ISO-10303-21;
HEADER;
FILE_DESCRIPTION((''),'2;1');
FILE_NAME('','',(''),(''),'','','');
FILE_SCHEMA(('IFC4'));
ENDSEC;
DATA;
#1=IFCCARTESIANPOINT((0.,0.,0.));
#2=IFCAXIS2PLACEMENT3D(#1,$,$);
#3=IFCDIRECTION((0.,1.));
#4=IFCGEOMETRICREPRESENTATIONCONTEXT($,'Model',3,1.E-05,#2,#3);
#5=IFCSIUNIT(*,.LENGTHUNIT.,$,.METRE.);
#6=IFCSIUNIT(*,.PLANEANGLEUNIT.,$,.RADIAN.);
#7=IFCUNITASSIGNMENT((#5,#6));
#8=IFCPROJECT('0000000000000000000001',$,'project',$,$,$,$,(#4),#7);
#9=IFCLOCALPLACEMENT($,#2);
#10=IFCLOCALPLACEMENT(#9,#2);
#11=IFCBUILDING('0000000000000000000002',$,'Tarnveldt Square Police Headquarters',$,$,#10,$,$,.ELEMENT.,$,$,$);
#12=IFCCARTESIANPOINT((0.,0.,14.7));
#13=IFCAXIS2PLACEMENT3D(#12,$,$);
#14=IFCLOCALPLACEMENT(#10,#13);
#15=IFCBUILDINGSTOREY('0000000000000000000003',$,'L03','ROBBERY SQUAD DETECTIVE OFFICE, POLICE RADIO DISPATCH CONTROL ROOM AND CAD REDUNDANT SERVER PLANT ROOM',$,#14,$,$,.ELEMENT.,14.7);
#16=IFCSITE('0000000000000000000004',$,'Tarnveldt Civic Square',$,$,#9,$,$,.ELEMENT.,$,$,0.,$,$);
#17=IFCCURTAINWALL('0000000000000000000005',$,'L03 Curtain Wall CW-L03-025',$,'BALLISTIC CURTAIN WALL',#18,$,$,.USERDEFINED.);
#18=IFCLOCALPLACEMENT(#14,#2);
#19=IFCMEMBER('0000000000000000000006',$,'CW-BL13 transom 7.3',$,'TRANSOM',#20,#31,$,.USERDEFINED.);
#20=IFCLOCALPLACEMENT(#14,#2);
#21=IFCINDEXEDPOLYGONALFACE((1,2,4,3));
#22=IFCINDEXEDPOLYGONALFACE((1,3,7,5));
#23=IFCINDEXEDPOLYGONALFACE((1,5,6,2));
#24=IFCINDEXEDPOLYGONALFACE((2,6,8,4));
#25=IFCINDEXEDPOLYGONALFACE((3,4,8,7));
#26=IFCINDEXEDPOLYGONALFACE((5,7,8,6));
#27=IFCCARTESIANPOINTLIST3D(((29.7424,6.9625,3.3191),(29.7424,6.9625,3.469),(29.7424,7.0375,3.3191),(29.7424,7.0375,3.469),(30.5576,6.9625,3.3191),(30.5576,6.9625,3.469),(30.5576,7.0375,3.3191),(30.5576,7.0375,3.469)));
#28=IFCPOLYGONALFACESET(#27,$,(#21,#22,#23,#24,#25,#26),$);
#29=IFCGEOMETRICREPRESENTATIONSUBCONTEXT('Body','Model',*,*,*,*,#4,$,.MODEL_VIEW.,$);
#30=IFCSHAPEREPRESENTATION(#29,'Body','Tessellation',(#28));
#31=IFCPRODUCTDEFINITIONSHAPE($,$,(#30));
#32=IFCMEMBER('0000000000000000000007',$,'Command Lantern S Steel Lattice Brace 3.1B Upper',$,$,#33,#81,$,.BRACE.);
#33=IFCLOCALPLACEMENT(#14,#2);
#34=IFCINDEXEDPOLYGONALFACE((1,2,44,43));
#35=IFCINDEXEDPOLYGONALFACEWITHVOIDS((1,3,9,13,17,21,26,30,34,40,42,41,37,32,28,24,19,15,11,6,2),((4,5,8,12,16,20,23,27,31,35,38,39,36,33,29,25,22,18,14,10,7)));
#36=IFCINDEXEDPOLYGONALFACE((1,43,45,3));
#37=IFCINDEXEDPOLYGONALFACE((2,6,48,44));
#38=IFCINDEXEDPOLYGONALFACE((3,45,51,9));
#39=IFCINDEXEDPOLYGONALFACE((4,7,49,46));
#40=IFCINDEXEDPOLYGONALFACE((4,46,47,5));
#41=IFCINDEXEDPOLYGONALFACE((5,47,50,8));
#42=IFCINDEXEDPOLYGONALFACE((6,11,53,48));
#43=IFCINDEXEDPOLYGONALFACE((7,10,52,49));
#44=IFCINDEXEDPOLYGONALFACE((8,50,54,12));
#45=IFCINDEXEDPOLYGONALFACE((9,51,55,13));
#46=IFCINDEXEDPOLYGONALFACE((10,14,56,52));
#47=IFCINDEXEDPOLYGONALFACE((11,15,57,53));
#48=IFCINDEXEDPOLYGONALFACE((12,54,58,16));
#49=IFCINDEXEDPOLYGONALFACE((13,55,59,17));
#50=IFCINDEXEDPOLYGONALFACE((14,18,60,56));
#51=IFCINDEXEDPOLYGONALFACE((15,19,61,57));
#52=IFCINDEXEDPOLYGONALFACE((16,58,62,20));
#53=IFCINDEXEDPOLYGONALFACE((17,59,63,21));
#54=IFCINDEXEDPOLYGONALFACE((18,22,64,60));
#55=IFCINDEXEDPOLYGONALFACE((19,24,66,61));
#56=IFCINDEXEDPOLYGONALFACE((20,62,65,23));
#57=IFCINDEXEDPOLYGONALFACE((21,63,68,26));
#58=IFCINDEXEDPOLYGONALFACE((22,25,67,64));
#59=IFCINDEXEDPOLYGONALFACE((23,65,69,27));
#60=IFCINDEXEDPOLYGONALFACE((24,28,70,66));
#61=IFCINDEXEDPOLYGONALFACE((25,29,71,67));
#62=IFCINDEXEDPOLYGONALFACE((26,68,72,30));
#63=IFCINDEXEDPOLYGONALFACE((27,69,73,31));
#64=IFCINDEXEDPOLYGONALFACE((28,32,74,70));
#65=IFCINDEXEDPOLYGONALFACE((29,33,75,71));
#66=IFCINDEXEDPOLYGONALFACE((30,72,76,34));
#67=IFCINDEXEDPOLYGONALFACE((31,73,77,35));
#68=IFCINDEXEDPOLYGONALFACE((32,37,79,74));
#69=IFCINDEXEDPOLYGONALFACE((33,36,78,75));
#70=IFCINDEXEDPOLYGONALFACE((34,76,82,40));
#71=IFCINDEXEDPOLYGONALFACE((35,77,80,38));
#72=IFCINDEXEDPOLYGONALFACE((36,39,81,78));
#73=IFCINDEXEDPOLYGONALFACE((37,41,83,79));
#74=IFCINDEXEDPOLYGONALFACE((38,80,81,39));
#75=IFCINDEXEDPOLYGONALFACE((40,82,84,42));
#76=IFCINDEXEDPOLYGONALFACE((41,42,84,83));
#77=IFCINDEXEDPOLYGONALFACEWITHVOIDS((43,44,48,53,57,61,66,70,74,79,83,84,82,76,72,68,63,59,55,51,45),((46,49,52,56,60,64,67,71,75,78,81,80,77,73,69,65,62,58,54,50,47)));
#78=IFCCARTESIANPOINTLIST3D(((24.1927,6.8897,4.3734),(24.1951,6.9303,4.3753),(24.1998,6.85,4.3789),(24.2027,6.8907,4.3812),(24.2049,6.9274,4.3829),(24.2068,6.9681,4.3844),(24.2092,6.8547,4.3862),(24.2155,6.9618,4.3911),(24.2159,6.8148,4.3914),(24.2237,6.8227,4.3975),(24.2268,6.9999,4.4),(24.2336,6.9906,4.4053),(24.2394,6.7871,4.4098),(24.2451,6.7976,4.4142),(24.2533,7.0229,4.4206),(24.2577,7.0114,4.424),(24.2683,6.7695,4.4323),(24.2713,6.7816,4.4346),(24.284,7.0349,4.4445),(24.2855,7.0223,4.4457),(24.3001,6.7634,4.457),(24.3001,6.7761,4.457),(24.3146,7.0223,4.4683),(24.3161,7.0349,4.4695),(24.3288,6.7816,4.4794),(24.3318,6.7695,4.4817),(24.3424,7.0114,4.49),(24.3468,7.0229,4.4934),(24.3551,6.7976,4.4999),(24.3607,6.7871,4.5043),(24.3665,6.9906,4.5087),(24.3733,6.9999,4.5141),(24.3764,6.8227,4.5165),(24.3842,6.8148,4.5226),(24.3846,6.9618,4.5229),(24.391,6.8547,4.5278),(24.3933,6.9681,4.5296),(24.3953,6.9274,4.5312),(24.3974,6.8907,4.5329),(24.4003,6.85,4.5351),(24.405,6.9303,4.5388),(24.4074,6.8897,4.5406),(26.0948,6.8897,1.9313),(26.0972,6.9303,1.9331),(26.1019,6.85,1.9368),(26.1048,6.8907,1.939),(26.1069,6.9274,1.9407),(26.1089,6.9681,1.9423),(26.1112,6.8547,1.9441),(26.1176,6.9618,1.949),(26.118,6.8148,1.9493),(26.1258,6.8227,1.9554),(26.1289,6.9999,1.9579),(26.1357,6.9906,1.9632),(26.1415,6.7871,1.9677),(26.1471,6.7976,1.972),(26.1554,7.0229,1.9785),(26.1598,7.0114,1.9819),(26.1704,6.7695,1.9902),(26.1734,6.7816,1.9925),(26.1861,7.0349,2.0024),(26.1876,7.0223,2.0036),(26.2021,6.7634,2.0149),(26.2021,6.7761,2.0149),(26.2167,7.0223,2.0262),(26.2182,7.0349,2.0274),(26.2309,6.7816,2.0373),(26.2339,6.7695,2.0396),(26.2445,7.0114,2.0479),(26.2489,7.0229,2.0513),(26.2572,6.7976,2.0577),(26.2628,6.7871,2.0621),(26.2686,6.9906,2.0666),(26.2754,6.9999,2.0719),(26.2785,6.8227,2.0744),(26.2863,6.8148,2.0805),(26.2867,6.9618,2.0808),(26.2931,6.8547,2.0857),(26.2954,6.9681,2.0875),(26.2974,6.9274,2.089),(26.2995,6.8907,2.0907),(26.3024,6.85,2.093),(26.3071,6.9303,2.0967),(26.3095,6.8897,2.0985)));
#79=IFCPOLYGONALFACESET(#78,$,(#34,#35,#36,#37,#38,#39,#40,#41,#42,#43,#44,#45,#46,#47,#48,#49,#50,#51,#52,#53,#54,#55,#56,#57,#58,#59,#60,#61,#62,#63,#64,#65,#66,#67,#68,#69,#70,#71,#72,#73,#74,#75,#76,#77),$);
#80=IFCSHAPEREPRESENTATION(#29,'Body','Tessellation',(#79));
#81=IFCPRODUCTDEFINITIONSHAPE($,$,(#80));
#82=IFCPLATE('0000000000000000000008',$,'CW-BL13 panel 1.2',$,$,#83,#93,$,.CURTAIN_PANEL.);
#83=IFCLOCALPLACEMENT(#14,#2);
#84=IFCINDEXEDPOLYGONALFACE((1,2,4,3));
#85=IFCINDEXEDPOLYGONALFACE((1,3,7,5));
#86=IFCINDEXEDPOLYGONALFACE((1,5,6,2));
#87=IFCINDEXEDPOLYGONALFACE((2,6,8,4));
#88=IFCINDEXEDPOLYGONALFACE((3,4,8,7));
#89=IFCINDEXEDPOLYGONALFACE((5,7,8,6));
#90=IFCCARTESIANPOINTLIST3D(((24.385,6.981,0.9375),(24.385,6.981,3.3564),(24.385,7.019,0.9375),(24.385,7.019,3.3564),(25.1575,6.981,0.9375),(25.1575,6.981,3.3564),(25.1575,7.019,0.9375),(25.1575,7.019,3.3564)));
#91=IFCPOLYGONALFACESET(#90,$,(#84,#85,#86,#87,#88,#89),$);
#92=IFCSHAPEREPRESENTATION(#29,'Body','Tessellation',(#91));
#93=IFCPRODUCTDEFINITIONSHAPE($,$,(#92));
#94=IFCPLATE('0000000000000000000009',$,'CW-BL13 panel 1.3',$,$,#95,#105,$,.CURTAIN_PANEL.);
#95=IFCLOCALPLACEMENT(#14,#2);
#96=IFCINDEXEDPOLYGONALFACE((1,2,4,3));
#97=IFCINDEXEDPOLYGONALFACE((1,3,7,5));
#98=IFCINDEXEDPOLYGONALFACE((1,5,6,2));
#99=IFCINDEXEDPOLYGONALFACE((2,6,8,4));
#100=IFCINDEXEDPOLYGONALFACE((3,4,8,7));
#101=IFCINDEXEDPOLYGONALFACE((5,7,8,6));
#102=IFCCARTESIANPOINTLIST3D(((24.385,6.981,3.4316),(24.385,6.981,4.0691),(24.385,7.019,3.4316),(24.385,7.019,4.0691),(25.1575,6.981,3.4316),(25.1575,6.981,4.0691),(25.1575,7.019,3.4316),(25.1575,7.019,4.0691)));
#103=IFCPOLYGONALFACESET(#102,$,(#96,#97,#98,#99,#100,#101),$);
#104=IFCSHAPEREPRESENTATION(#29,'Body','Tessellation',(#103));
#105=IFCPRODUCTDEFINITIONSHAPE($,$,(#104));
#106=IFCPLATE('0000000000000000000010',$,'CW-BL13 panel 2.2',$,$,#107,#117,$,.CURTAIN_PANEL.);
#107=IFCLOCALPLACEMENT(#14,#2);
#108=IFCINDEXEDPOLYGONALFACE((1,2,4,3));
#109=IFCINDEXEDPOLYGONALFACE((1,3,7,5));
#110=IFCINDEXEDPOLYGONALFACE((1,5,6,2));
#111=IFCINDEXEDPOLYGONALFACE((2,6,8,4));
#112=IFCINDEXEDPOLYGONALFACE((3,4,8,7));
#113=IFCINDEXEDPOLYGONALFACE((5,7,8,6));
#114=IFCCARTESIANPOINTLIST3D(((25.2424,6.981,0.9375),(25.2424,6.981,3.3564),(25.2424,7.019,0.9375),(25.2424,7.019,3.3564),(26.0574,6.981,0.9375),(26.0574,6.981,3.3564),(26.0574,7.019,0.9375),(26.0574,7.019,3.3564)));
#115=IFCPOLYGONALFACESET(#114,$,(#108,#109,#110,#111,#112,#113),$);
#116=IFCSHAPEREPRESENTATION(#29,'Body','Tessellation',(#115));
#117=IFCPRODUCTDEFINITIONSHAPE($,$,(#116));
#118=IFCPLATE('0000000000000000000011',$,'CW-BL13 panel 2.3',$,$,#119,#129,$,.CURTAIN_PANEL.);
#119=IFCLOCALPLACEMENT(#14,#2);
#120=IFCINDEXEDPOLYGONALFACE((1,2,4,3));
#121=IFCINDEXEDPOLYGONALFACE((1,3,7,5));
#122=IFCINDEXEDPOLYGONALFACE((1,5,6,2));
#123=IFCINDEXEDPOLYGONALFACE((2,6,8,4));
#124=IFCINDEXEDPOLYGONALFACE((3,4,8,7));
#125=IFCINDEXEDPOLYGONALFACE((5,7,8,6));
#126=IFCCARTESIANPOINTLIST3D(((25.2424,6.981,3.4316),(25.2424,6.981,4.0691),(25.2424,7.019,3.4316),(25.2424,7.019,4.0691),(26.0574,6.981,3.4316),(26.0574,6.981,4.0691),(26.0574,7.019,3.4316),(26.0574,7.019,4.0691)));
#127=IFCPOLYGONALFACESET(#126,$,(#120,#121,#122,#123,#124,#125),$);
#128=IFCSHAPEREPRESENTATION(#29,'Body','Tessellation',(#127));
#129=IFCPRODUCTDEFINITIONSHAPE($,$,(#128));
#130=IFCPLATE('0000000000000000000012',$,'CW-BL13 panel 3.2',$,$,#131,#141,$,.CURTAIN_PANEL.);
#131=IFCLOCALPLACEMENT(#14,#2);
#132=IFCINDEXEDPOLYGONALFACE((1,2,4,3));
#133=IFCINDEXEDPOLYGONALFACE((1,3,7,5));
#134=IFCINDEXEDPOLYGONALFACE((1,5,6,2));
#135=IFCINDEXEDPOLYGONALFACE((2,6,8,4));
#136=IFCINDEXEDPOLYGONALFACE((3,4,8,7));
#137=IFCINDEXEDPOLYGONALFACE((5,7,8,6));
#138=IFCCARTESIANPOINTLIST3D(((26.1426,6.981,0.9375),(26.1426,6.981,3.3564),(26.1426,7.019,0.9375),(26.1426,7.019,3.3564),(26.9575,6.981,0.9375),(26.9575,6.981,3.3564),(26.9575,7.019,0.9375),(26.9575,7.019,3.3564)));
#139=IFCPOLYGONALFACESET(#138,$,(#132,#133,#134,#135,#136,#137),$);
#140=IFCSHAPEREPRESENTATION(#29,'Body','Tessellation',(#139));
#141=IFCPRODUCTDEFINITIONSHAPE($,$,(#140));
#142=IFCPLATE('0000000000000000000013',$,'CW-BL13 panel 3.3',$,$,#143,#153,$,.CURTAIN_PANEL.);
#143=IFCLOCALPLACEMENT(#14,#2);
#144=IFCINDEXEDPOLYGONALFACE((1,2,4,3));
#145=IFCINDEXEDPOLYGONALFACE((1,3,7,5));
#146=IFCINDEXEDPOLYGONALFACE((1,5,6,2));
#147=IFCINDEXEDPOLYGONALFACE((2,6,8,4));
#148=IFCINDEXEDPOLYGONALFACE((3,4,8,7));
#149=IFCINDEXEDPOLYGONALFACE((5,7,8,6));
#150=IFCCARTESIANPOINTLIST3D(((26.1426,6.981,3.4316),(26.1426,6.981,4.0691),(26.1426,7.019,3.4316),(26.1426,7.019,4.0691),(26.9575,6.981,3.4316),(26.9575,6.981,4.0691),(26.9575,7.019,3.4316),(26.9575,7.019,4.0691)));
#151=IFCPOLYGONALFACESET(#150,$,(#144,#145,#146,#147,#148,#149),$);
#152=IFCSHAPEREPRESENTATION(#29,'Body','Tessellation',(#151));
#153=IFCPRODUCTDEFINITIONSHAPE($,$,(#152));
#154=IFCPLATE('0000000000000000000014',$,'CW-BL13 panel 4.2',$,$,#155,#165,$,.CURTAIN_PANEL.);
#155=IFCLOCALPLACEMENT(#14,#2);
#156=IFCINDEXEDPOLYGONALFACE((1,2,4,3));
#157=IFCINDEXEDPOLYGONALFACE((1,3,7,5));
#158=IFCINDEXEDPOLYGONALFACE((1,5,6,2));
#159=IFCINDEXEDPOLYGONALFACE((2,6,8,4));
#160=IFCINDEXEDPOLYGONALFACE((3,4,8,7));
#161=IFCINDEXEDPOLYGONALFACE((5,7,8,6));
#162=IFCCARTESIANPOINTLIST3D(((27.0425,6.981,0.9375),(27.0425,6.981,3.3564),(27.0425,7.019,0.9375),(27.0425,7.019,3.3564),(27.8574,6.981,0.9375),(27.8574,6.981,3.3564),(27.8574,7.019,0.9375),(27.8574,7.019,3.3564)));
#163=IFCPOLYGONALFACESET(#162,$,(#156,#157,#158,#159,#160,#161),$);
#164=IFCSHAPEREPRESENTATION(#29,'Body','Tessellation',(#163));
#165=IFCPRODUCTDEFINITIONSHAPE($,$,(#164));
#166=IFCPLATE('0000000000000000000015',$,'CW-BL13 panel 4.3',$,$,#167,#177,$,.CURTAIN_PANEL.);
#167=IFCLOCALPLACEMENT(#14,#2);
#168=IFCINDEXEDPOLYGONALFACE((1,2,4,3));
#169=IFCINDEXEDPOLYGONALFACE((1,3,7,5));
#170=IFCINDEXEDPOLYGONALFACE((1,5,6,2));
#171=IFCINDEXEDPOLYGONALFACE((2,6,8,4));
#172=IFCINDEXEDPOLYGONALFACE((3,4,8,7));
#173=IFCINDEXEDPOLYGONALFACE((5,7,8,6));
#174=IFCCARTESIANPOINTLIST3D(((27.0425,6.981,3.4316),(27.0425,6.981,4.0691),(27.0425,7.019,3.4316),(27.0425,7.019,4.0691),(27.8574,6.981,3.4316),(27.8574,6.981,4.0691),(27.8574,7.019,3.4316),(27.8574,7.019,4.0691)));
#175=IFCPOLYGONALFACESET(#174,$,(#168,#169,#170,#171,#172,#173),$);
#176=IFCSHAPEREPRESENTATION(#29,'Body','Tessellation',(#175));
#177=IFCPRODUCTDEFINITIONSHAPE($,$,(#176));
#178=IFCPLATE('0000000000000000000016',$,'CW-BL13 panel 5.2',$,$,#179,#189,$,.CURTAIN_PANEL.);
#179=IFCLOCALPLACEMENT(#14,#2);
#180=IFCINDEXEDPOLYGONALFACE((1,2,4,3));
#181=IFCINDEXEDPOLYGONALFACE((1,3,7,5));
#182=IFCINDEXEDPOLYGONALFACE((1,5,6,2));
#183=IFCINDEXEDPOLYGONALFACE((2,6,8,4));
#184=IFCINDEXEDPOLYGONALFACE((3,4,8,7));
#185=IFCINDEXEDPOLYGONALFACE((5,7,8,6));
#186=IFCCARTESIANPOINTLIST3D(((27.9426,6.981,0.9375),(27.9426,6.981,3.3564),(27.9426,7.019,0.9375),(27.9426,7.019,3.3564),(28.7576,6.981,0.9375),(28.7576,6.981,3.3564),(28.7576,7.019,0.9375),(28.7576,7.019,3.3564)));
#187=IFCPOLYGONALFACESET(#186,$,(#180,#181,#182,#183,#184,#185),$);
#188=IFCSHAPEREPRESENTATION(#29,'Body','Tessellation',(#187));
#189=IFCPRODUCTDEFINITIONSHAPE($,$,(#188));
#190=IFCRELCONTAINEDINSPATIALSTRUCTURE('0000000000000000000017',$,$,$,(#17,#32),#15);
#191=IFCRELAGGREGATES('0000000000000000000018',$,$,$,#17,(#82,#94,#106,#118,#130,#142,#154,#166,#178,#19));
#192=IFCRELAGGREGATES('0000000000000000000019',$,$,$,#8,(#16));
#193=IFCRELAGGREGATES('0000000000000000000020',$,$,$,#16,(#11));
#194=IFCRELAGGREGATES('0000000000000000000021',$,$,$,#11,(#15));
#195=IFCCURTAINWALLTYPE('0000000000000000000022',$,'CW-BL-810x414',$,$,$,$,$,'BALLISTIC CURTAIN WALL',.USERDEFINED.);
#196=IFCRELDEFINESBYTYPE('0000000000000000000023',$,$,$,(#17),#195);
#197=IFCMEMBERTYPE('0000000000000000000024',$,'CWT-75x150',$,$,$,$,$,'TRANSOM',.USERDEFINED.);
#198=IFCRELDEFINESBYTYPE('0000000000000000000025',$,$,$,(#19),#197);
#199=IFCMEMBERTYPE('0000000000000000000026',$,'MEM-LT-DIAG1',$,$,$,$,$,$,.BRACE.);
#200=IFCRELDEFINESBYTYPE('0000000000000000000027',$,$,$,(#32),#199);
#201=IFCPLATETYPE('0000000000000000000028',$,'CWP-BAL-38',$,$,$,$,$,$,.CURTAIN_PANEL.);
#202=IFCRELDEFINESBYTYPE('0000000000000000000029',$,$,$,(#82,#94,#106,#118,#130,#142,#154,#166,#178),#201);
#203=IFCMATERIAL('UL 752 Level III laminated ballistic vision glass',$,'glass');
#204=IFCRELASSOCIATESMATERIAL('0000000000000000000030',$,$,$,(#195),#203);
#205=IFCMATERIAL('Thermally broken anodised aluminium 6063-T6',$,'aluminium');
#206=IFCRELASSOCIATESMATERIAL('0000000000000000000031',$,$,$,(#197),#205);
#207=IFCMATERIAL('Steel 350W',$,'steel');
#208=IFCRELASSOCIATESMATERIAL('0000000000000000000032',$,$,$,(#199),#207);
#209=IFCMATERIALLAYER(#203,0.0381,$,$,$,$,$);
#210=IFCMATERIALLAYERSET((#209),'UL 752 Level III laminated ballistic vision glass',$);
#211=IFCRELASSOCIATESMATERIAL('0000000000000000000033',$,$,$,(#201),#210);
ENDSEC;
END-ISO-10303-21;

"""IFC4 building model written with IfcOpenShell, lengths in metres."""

from ifc_helpers import new_model, si_unit, direction, frame, origin, origin_2d, place, context, subcontext, project, spatial, rectangle, hollow_circle, extrude, material, layer, layer_set, material_profile, profile_set, type_object, element, aggregate, save


model = new_model("IFC4")

# Units and contexts
model_context = context("Model", 3, precision=1e-05, world=origin(), true_north=direction((0.0, 1.0)))
body_context = subcontext(model_context, "Body", "Model", "MODEL_VIEW")
ifc_project = project(units=[si_unit("LENGTHUNIT", "METRE"), si_unit("PLANEANGLEUNIT", "RADIAN")], contexts=[model_context])

# Site, building, storey
site_placement = place(None, origin())
site = spatial("IfcSite", under=ifc_project, at=site_placement, Name="Tarnveldt Civic Square", CompositionType="ELEMENT", RefElevation=0.0)
building_placement = place(site_placement, origin())
building = spatial("IfcBuilding", under=site, at=building_placement, Name="Tarnveldt Square Police Headquarters", CompositionType="ELEMENT")
storey_placement = place(building_placement, frame((0.0, 0.0, 14.7)))
storey = spatial("IfcBuildingStorey", under=building, at=storey_placement, Name="L03", Description="ROBBERY SQUAD DETECTIVE OFFICE, POLICE RADIO DISPATCH CONTROL ROOM AND CAD REDUNDANT SERVER PLANT ROOM", CompositionType="ELEMENT", Elevation=14.7)

# Curtain wall, member
ifc_material_1 = material(Name="UL 752 Level III laminated ballistic vision glass", Category="glass")
curtain_wall_type = type_object("IfcCurtainWallType", Name="CW-BL-810x414", ElementType="BALLISTIC CURTAIN WALL", PredefinedType="USERDEFINED", material=ifc_material_1)
curtain_wall_placement = place(storey_placement, origin())
curtain_wall = element("IfcCurtainWall", 1, at=curtain_wall_placement, inside=storey, type_object=curtain_wall_type, Name="L03 Curtain Wall CW-L03-025", ObjectType="BALLISTIC CURTAIN WALL", PredefinedType="USERDEFINED")
ifc_material_2 = material(Name="Thermally broken anodised aluminium 6063-T6", Category="aluminium")
ifc_material_profile_1 = material_profile(ifc_material_2, rectangle(XDim=0.075, YDim=0.1499, at=origin_2d()), Name="CW-T75x150")
ifc_profile_set_1 = profile_set([ifc_material_profile_1], Name="Thermally broken anodised aluminium 6063-T6")
member_type_1 = type_object("IfcMemberType", Name="CWT-75x150", ElementType="TRANSOM", PredefinedType="USERDEFINED", material=ifc_profile_set_1)
member_1_placement = place(storey_placement, frame((29.7424, 7.0, 3.394), z_axis=(1.0, 0.0, 0.0), x_axis=(0.0, 1.0, 0.0)))
member_1 = element("IfcMember", 2, at=member_1_placement, type_object=member_type_1, Name="CW-BL13 transom 7.3", ObjectType="TRANSOM", PredefinedType="USERDEFINED", context=body_context, shape_type="SweptSolid", body=[
    extrude(rectangle(XDim=0.075, YDim=0.1499, at=origin_2d()), origin(), (0.0, 0.0, 1.0), 0.8152),
])

# Member
ifc_material_3 = material(Name="Steel 350W", Category="steel")
ifc_material_profile_2 = material_profile(ifc_material_3, hollow_circle(Radius=0.1365, WallThickness=0.0127, at=origin_2d()), Name="HSS273x13")
ifc_profile_set_2 = profile_set([ifc_material_profile_2], Name="Steel 350W")
member_type_2 = type_object("IfcMemberType", Name="MEM-LT-DIAG1", PredefinedType="BRACE", material=ifc_profile_set_2)
member_2_placement = place(storey_placement, frame((26.2021, 6.8999, 2.0149), z_axis=(-0.614476, 0.0, 0.788936), x_axis=(0.0, -1.0, 0.0)))
element("IfcMember", 3, at=member_2_placement, inside=storey, type_object=member_type_2, Name="Command Lantern S Steel Lattice Brace 3.1B Upper", PredefinedType="BRACE", context=body_context, shape_type="SweptSolid", body=[
    extrude(hollow_circle(Radius=0.1365, WallThickness=0.0127, at=origin_2d()), origin(), (0.0, 0.0, 1.0), 3.0955),
])

# Plates
ifc_layer_1 = layer(ifc_material_1, 0.0381)
ifc_layer_set_1 = layer_set([ifc_layer_1], Name="UL 752 Level III laminated ballistic vision glass")
plate_type_1 = type_object("IfcPlateType", Name="CWP-BAL-38", PredefinedType="CURTAIN_PANEL", material=ifc_layer_set_1)
plate_1_placement = place(storey_placement, frame((24.7712, 7.0, 0.9375), z_axis=(0.0, 0.0, 1.0), x_axis=(1.0, 0.0, 0.0)))
plate_1 = element("IfcPlate", 4, at=plate_1_placement, type_object=plate_type_1, Name="CW-BL13 panel 1.2", PredefinedType="CURTAIN_PANEL", context=body_context, shape_type="SweptSolid", body=[
    extrude(rectangle(XDim=0.7725, YDim=0.0381, at=origin_2d()), origin(), (0.0, 0.0, 1.0), 2.4189),
])
plate_2_placement = place(storey_placement, frame((24.7712, 7.0, 3.4316), z_axis=(0.0, 0.0, 1.0), x_axis=(1.0, 0.0, 0.0)))
plate_2 = element("IfcPlate", 5, at=plate_2_placement, type_object=plate_type_1, Name="CW-BL13 panel 1.3", PredefinedType="CURTAIN_PANEL", context=body_context, shape_type="SweptSolid", body=[
    extrude(rectangle(XDim=0.7725, YDim=0.0381, at=origin_2d()), origin(), (0.0, 0.0, 1.0), 0.6375),
])
plate_3_placement = place(storey_placement, frame((25.6499, 7.0, 0.9375), z_axis=(0.0, 0.0, 1.0), x_axis=(1.0, 0.0, 0.0)))
plate_3 = element("IfcPlate", 6, at=plate_3_placement, type_object=plate_type_1, Name="CW-BL13 panel 2.2", PredefinedType="CURTAIN_PANEL", context=body_context, shape_type="SweptSolid", body=[
    extrude(rectangle(XDim=0.8149, YDim=0.0381, at=origin_2d()), origin(), (0.0, 0.0, 1.0), 2.4189),
])
plate_4_placement = place(storey_placement, frame((25.6499, 7.0, 3.4316), z_axis=(0.0, 0.0, 1.0), x_axis=(1.0, 0.0, 0.0)))
plate_4 = element("IfcPlate", 7, at=plate_4_placement, type_object=plate_type_1, Name="CW-BL13 panel 2.3", PredefinedType="CURTAIN_PANEL", context=body_context, shape_type="SweptSolid", body=[
    extrude(rectangle(XDim=0.8149, YDim=0.0381, at=origin_2d()), origin(), (0.0, 0.0, 1.0), 0.6375),
])
plate_5_placement = place(storey_placement, frame((26.55, 7.0, 0.9375), z_axis=(0.0, 0.0, 1.0), x_axis=(1.0, 0.0, 0.0)))
plate_5 = element("IfcPlate", 8, at=plate_5_placement, type_object=plate_type_1, Name="CW-BL13 panel 3.2", PredefinedType="CURTAIN_PANEL", context=body_context, shape_type="SweptSolid", body=[
    extrude(rectangle(XDim=0.8149, YDim=0.0381, at=origin_2d()), origin(), (0.0, 0.0, 1.0), 2.4189),
])
plate_6_placement = place(storey_placement, frame((26.55, 7.0, 3.4316), z_axis=(0.0, 0.0, 1.0), x_axis=(1.0, 0.0, 0.0)))
plate_6 = element("IfcPlate", 9, at=plate_6_placement, type_object=plate_type_1, Name="CW-BL13 panel 3.3", PredefinedType="CURTAIN_PANEL", context=body_context, shape_type="SweptSolid", body=[
    extrude(rectangle(XDim=0.8149, YDim=0.0381, at=origin_2d()), origin(), (0.0, 0.0, 1.0), 0.6375),
])
plate_7_placement = place(storey_placement, frame((27.45, 7.0, 0.9375), z_axis=(0.0, 0.0, 1.0), x_axis=(1.0, 0.0, 0.0)))
plate_7 = element("IfcPlate", 10, at=plate_7_placement, type_object=plate_type_1, Name="CW-BL13 panel 4.2", PredefinedType="CURTAIN_PANEL", context=body_context, shape_type="SweptSolid", body=[
    extrude(rectangle(XDim=0.8149, YDim=0.0381, at=origin_2d()), origin(), (0.0, 0.0, 1.0), 2.4189),
])
plate_8_placement = place(storey_placement, frame((27.45, 7.0, 3.4316), z_axis=(0.0, 0.0, 1.0), x_axis=(1.0, 0.0, 0.0)))
plate_8 = element("IfcPlate", 11, at=plate_8_placement, type_object=plate_type_1, Name="CW-BL13 panel 4.3", PredefinedType="CURTAIN_PANEL", context=body_context, shape_type="SweptSolid", body=[
    extrude(rectangle(XDim=0.8149, YDim=0.0381, at=origin_2d()), origin(), (0.0, 0.0, 1.0), 0.6375),
])
plate_9_placement = place(storey_placement, frame((28.3501, 7.0, 0.9375), z_axis=(0.0, 0.0, 1.0), x_axis=(1.0, 0.0, 0.0)))
plate_9 = element("IfcPlate", 12, at=plate_9_placement, type_object=plate_type_1, Name="CW-BL13 panel 5.2", PredefinedType="CURTAIN_PANEL", context=body_context, shape_type="SweptSolid", body=[
    extrude(rectangle(XDim=0.8149, YDim=0.0381, at=origin_2d()), origin(), (0.0, 0.0, 1.0), 2.4189),
])
aggregate(curtain_wall, [plate_1, plate_2, plate_3, plate_4, plate_5, plate_6, plate_7, plate_8, plate_9, member_1])

save(model, "model.ifc")
